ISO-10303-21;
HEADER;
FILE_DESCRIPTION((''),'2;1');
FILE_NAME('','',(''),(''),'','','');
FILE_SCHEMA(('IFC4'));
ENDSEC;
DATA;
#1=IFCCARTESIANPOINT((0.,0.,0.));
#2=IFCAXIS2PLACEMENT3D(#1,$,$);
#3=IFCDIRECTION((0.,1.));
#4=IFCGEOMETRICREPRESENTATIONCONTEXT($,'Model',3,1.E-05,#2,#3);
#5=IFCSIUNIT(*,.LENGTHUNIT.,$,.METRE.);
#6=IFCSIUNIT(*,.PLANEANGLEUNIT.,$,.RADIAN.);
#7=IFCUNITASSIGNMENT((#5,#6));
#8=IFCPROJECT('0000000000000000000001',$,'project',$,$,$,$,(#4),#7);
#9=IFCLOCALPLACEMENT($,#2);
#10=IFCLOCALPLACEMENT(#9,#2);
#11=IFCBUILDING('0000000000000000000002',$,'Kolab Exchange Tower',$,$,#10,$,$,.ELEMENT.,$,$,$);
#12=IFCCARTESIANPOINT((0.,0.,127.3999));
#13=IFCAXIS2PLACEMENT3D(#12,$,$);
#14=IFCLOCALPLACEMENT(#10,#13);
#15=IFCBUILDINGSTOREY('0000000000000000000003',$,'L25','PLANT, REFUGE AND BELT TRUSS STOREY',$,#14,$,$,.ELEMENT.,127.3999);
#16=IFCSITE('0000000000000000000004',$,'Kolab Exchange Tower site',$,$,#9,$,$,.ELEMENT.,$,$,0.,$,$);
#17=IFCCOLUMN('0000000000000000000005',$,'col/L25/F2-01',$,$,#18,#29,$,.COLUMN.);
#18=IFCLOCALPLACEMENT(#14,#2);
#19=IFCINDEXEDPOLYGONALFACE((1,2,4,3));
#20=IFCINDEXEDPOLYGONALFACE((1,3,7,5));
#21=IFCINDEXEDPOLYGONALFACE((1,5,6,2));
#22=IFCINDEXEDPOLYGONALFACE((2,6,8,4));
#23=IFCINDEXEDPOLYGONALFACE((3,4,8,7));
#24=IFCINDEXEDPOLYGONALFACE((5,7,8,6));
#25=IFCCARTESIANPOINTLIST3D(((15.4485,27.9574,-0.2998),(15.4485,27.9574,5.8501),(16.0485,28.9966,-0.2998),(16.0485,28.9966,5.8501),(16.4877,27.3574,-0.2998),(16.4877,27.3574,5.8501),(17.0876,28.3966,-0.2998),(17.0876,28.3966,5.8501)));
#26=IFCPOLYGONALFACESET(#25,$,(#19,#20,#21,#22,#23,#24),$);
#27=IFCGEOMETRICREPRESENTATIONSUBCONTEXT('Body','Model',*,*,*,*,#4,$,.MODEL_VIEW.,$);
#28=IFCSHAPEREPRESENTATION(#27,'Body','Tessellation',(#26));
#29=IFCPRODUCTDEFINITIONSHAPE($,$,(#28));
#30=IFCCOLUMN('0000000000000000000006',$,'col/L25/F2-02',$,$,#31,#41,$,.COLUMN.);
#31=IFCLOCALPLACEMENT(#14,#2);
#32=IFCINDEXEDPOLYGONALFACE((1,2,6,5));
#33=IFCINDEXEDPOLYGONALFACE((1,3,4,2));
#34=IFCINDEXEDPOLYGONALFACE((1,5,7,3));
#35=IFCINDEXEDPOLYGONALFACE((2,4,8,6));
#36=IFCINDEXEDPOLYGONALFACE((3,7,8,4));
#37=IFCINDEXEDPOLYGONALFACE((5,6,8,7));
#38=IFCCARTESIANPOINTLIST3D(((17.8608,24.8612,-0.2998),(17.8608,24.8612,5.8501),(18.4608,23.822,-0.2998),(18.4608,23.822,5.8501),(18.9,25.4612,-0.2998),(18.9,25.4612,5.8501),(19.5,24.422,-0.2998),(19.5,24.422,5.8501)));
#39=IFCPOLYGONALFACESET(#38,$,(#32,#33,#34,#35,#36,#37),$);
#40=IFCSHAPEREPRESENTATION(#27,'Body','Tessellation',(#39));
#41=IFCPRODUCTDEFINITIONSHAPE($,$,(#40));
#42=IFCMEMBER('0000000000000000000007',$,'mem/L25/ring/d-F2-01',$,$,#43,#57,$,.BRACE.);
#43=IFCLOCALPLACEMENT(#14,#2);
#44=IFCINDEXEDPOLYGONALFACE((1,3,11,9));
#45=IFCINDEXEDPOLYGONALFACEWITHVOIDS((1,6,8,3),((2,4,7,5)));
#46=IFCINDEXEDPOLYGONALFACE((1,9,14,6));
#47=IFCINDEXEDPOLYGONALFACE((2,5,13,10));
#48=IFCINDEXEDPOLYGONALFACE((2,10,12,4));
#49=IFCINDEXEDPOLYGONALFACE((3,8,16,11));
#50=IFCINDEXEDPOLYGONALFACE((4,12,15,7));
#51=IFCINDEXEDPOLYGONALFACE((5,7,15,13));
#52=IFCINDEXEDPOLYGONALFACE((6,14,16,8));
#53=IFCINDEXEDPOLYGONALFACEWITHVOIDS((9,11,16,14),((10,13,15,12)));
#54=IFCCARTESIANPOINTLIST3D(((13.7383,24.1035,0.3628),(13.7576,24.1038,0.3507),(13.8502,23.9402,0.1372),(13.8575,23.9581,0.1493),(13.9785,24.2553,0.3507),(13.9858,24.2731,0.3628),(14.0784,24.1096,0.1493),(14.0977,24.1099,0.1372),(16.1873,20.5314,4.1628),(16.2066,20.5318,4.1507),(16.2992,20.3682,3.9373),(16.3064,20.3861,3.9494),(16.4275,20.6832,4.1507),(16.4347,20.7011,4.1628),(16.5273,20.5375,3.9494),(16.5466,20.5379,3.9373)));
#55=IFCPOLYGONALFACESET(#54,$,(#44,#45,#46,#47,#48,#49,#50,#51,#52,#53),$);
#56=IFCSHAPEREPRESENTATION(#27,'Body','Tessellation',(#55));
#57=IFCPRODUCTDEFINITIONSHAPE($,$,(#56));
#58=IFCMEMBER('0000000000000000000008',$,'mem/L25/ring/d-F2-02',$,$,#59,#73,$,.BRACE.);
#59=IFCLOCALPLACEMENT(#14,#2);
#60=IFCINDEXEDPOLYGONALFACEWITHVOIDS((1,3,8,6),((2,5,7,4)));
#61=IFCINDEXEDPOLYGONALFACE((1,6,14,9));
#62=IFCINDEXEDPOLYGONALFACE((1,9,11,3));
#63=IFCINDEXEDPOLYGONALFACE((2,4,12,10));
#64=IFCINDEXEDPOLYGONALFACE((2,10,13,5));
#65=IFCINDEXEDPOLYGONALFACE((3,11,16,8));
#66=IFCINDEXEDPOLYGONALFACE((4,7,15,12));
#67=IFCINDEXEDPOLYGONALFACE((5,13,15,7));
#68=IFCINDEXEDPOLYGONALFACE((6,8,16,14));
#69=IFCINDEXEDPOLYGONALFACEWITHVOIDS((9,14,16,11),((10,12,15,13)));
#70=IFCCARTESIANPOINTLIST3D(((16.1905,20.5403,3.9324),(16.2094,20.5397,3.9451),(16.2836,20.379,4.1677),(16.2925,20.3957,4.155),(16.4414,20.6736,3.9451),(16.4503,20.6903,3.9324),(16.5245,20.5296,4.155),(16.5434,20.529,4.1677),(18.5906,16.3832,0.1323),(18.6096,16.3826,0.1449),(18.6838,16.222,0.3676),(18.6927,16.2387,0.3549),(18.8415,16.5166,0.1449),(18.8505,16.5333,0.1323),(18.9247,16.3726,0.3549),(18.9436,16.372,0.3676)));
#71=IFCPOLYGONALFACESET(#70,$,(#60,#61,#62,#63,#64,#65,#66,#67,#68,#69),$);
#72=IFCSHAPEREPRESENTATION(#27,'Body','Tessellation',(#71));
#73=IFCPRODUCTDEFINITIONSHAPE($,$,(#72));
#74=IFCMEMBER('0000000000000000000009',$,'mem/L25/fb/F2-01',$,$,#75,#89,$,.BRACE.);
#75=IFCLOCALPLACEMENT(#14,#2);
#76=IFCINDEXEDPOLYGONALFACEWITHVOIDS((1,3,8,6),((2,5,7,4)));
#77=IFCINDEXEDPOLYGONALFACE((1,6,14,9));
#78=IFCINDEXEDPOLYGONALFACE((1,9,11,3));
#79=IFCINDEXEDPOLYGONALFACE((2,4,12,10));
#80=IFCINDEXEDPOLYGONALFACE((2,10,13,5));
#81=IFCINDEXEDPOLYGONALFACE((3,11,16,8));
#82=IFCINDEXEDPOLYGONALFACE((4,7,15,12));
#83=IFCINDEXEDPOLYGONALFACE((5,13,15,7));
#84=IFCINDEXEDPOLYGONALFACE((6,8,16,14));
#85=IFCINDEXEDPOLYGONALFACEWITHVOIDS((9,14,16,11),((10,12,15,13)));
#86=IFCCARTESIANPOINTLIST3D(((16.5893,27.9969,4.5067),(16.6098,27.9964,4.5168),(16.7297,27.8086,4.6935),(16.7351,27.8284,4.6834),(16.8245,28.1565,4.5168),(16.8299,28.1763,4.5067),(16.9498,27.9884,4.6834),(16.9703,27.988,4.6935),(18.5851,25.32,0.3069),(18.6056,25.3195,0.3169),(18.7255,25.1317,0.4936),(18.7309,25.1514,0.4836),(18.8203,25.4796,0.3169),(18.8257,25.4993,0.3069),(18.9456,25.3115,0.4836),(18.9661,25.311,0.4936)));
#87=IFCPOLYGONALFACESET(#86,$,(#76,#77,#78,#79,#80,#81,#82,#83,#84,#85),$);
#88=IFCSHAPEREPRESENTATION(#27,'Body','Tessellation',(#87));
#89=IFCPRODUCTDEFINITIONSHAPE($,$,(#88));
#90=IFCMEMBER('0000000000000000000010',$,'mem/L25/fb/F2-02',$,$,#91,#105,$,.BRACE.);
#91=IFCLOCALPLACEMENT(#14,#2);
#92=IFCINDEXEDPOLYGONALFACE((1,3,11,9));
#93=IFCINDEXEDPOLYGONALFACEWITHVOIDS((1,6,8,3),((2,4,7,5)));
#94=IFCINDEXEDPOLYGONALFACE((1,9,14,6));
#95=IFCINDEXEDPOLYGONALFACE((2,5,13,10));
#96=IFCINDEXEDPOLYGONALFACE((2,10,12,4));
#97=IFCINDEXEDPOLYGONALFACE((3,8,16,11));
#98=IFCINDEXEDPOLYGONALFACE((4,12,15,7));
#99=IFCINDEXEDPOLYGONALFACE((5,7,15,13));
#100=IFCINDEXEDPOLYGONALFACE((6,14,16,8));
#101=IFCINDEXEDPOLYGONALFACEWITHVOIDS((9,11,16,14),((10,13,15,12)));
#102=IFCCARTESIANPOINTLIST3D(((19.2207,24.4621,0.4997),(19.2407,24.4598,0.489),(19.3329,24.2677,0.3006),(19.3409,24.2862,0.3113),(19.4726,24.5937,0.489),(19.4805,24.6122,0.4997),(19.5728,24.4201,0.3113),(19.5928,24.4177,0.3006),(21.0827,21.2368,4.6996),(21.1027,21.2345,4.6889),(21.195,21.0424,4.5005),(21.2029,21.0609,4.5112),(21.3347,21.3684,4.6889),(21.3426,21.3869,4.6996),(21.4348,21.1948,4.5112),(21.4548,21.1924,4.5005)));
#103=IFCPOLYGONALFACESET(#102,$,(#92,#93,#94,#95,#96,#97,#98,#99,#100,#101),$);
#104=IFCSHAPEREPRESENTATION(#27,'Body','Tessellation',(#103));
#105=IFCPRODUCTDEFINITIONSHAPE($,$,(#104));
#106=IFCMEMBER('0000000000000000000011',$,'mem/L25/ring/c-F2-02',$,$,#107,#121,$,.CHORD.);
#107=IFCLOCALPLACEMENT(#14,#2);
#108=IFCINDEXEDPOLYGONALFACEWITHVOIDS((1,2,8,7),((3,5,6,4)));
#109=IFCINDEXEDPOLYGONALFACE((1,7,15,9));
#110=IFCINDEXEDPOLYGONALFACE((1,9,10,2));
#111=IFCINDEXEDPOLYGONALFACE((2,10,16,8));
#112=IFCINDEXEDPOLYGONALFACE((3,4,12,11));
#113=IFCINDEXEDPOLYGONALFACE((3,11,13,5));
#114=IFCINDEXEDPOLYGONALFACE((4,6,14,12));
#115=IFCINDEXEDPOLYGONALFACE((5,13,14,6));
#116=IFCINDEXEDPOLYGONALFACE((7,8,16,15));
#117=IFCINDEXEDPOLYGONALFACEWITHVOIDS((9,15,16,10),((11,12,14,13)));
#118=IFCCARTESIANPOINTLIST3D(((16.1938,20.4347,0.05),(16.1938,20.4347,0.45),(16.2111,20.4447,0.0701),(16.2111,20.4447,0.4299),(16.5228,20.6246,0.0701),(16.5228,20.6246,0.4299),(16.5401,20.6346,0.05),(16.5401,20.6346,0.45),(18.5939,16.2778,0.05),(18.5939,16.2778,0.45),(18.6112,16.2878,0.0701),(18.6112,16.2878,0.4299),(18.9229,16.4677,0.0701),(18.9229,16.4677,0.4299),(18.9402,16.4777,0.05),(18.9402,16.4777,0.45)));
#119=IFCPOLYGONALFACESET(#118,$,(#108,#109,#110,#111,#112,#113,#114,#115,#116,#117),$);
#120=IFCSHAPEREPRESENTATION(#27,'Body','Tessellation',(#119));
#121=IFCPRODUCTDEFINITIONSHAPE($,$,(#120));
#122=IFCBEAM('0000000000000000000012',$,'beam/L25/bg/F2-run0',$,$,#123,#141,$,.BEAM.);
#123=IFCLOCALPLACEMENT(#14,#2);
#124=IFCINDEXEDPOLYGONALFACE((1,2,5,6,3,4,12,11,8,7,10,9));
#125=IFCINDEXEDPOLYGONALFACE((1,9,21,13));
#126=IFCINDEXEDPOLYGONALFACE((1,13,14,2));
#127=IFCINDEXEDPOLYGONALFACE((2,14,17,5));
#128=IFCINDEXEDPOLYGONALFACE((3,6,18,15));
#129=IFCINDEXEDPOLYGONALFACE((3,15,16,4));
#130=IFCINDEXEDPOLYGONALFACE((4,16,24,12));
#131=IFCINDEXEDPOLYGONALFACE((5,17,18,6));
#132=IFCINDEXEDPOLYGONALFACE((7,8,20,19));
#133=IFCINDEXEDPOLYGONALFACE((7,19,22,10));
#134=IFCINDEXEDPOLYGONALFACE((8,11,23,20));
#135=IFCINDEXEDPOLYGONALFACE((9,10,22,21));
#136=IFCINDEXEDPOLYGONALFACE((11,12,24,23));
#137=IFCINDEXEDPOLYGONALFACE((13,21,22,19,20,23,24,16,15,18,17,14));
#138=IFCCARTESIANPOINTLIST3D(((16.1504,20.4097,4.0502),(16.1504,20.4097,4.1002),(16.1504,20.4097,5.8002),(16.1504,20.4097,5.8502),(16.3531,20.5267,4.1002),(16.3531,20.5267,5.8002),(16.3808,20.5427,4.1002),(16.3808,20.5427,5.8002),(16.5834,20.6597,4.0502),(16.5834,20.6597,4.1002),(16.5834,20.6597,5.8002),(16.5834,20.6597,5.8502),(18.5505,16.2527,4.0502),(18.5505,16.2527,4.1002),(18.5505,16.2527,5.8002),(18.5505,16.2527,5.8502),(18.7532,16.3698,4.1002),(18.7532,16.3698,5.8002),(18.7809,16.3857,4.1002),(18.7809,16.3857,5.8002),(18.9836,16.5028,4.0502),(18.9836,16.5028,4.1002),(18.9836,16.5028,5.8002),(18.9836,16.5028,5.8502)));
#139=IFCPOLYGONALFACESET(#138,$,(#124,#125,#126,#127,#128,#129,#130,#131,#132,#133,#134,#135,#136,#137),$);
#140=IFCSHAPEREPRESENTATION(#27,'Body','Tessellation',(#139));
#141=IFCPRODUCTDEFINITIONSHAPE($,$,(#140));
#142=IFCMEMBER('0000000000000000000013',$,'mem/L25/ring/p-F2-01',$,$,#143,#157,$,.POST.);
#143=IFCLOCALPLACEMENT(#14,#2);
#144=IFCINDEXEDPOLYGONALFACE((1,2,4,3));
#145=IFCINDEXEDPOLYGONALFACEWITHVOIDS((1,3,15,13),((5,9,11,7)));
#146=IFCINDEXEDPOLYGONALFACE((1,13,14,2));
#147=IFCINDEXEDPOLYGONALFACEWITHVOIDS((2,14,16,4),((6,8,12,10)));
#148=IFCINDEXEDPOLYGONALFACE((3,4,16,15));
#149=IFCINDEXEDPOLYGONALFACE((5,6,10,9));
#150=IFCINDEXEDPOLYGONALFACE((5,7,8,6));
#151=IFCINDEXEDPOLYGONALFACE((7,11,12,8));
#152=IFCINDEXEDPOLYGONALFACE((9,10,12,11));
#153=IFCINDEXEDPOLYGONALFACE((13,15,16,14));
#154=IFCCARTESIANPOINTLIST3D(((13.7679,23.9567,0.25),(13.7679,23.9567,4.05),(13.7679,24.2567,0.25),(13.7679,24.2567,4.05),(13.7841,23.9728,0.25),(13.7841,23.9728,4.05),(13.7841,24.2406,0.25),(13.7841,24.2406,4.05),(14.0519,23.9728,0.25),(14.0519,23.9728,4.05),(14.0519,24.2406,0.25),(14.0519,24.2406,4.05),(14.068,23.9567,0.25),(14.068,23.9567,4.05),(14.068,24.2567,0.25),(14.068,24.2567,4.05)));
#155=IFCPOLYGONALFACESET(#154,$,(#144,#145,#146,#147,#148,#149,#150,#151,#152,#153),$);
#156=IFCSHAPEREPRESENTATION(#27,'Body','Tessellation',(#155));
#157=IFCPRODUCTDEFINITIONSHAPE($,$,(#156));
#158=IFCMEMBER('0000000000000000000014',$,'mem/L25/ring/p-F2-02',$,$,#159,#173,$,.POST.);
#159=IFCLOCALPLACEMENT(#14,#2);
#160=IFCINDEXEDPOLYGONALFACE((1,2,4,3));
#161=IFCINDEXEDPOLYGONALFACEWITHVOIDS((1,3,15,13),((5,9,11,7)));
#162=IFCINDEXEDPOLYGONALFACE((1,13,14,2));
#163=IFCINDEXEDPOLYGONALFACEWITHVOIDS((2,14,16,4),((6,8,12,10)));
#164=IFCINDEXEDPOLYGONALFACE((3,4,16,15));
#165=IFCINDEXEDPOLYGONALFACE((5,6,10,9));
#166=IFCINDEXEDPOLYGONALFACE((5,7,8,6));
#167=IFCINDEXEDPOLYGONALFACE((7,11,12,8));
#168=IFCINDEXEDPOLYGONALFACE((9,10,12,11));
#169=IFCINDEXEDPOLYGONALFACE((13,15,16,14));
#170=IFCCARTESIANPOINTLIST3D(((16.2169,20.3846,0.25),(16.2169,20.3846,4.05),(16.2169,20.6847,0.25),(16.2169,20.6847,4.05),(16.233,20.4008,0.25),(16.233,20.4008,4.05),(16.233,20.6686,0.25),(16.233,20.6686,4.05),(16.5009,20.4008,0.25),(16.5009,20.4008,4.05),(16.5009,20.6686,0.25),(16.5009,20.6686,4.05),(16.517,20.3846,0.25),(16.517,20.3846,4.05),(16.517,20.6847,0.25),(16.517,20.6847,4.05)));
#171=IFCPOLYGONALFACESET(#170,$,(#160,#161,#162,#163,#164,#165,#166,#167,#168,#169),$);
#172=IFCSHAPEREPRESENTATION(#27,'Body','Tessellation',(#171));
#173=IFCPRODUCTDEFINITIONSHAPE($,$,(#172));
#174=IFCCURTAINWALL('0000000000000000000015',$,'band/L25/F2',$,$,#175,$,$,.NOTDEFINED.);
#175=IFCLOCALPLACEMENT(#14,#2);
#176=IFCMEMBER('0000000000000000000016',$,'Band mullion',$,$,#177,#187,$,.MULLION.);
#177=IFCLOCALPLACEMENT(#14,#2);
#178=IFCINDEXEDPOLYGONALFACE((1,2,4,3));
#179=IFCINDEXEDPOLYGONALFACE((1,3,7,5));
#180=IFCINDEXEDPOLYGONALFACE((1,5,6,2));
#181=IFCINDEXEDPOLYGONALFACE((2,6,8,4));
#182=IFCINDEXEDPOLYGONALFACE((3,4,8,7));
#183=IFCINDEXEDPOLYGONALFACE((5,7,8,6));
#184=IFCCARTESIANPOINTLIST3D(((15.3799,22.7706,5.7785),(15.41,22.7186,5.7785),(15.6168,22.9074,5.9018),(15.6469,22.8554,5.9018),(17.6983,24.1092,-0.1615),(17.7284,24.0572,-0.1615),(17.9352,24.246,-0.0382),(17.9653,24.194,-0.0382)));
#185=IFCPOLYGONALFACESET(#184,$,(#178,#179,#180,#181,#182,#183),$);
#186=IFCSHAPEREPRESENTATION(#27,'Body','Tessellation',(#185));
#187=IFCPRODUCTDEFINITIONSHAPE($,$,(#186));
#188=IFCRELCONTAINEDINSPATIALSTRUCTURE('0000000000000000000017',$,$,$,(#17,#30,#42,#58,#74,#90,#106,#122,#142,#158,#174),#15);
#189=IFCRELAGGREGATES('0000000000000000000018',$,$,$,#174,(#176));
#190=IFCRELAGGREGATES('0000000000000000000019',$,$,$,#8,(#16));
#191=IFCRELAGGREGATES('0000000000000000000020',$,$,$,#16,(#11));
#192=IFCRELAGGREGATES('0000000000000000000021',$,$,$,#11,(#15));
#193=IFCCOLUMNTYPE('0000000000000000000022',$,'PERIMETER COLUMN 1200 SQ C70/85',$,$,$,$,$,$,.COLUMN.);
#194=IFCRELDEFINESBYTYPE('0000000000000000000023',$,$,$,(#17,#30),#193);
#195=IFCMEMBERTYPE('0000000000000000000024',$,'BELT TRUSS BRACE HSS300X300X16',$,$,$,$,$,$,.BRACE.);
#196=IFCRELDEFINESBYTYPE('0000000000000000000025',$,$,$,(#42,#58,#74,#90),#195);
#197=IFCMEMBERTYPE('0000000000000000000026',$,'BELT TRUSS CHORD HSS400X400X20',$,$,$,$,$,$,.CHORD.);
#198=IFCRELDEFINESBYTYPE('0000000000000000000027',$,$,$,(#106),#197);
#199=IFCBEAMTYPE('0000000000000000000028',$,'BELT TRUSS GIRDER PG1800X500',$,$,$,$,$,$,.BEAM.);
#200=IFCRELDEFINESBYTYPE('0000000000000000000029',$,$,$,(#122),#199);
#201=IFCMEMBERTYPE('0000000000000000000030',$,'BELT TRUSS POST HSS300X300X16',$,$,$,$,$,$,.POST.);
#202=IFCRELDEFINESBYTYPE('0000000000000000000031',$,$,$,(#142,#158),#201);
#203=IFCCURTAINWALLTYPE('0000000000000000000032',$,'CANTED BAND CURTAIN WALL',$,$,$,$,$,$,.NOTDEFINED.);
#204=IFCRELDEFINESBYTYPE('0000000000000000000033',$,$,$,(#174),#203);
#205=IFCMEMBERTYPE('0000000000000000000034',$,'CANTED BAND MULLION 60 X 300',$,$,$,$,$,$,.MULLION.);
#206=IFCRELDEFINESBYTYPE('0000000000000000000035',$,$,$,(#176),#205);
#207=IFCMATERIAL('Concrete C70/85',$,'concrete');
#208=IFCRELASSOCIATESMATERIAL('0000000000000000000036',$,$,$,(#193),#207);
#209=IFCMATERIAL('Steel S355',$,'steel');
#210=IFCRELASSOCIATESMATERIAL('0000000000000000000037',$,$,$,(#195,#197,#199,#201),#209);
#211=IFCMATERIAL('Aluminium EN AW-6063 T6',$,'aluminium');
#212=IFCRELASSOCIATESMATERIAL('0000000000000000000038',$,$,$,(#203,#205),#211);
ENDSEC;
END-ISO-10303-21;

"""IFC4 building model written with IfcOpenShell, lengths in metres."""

from ifc_helpers import new_model, si_unit, direction, frame, origin, origin_2d, place, context, subcontext, project, spatial, rectangle, hollow_rectangle, i_section, extrude, material, material_profile, profile_set, type_object, element, aggregate, save


model = new_model("IFC4")

# Units and contexts
model_context = context("Model", 3, precision=1e-05, world=origin(), true_north=direction((0.0, 1.0)))
body_context = subcontext(model_context, "Body", "Model", "MODEL_VIEW")
ifc_project = project(units=[si_unit("LENGTHUNIT", "METRE"), si_unit("PLANEANGLEUNIT", "RADIAN")], contexts=[model_context])

# Site, building, storey
site_placement = place(None, origin())
site = spatial("IfcSite", under=ifc_project, at=site_placement, Name="Kolab Exchange Tower site", CompositionType="ELEMENT", RefElevation=0.0)
building_placement = place(site_placement, origin())
building = spatial("IfcBuilding", under=site, at=building_placement, Name="Kolab Exchange Tower", CompositionType="ELEMENT")
storey_placement = place(building_placement, frame((0.0, 0.0, 127.3999)))
storey = spatial("IfcBuildingStorey", under=building, at=storey_placement, Name="L25", Description="PLANT, REFUGE AND BELT TRUSS STOREY", CompositionType="ELEMENT", Elevation=127.3999)

# Columns
ifc_material_1 = material(Name="Concrete C70/85", Category="concrete")
ifc_material_profile_1 = material_profile(ifc_material_1, rectangle(XDim=1.2, YDim=1.2, at=origin_2d()), Name="RC1200")
ifc_profile_set_1 = profile_set([ifc_material_profile_1], Name="Concrete C70/85")
column_type = type_object("IfcColumnType", Name="PERIMETER COLUMN 1200 SQ C70/85", PredefinedType="COLUMN", material=ifc_profile_set_1)
for number, where, z_axis, x_axis, name in (
    (1, (16.2681, 28.177, -0.2998), (0.0, 0.0, 1.0), (0.5, 0.866025, 0.0), "col/L25/F2-01"),
    (2, (18.6804, 24.6416, -0.2998), (0.0, 0.0, 1.0), (0.866025, 0.5, 0.0), "col/L25/F2-02"),
):
    element("IfcColumn", number, at=place(storey_placement, frame(where, z_axis=z_axis, x_axis=x_axis)), inside=storey, type_object=column_type, Name=name, PredefinedType="COLUMN", context=body_context, shape_type="SweptSolid", body=[
        extrude(rectangle(XDim=1.2, YDim=1.2, at=origin_2d()), origin(), (0.0, 0.0, 1.0), 6.1499),
    ])

# Members
ifc_material_2 = material(Name="Steel S355", Category="steel")
ifc_material_profile_2 = material_profile(ifc_material_2, hollow_rectangle(XDim=0.3, YDim=0.3, WallThickness=0.0161, at=origin_2d()), Name="HSS300X300X16")
ifc_profile_set_2 = profile_set([ifc_material_profile_2], Name="Steel S355")
member_type_1 = type_object("IfcMemberType", Name="BELT TRUSS BRACE HSS300X300X16", PredefinedType="BRACE", material=ifc_profile_set_2)
member_1_placement = place(storey_placement, frame((13.918, 24.1067, 0.25), z_axis=(0.425044, -0.61996, 0.659536), x_axis=(0.824773, 0.565464, 0.0)))
element("IfcMember", 3, at=member_1_placement, inside=storey, type_object=member_type_1, Name="mem/L25/ring/d-F2-01", PredefinedType="BRACE", context=body_context, shape_type="SweptSolid", body=[
    extrude(hollow_rectangle(XDim=0.3, YDim=0.3, WallThickness=0.0161, at=origin_2d()), origin(), (0.0, 0.0, 1.0), 5.7617),
])
member_2_placement = place(storey_placement, frame((16.3669, 20.5347, 4.05), z_axis=(0.392039, -0.678999, -0.620698), x_axis=(0.866015, 0.500017, 0.0)))
element("IfcMember", 4, at=member_2_placement, inside=storey, type_object=member_type_1, Name="mem/L25/ring/d-F2-02", PredefinedType="BRACE", context=body_context, shape_type="SweptSolid", body=[
    extrude(hollow_rectangle(XDim=0.3, YDim=0.3, WallThickness=0.0161, at=origin_2d()), origin(), (0.0, 0.0, 1.0), 6.1223),
])
member_3_placement = place(storey_placement, frame((16.7798, 27.9924, 4.6001), z_axis=(0.371973, -0.498922, -0.78276), x_axis=(0.801708, 0.597716, 0.0)))
element("IfcMember", 5, at=member_3_placement, inside=storey, type_object=member_type_1, Name="mem/L25/fb/F2-01", PredefinedType="BRACE", context=body_context, shape_type="SweptSolid", body=[
    extrude(hollow_rectangle(XDim=0.3, YDim=0.3, WallThickness=0.0161, at=origin_2d()), origin(), (0.0, 0.0, 1.0), 5.3655),
])
member_4_placement = place(storey_placement, frame((19.4067, 24.4399, 0.4001), z_axis=(0.33172, -0.574584, 0.748208), x_axis=(0.866036, 0.499982, 0.0)))
element("IfcMember", 6, at=member_4_placement, inside=storey, type_object=member_type_1, Name="mem/L25/fb/F2-02", PredefinedType="BRACE", context=body_context, shape_type="SweptSolid", body=[
    extrude(hollow_rectangle(XDim=0.3, YDim=0.3, WallThickness=0.0161, at=origin_2d()), origin(), (0.0, 0.0, 1.0), 5.6133),
])
ifc_material_profile_3 = material_profile(ifc_material_2, hollow_rectangle(XDim=0.3999, YDim=0.3999, WallThickness=0.02, at=origin_2d()), Name="HSS400X400X20")
ifc_profile_set_3 = profile_set([ifc_material_profile_3], Name="Steel S355")
member_type_2 = type_object("IfcMemberType", Name="BELT TRUSS CHORD HSS400X400X20", PredefinedType="CHORD", material=ifc_profile_set_3)
member_5_placement = place(storey_placement, frame((16.3669, 20.5347, 0.25), z_axis=(0.500017, -0.866015, 0.0), x_axis=(0.866015, 0.500017, 0.0)))
element("IfcMember", 7, at=member_5_placement, inside=storey, type_object=member_type_2, Name="mem/L25/ring/c-F2-02", PredefinedType="CHORD", context=body_context, shape_type="SweptSolid", body=[
    extrude(hollow_rectangle(XDim=0.3999, YDim=0.3999, WallThickness=0.02, at=origin_2d()), origin(), (0.0, 0.0, 1.0), 4.8),
])

# Beam
ifc_material_profile_4 = material_profile(ifc_material_2, i_section(OverallWidth=0.5, OverallDepth=1.8, WebThickness=0.032, FlangeThickness=0.05, at=origin_2d()), Name="PG1800X500")
ifc_profile_set_4 = profile_set([ifc_material_profile_4], Name="Steel S355")
beam_type_1 = type_object("IfcBeamType", Name="BELT TRUSS GIRDER PG1800X500", PredefinedType="BEAM", material=ifc_profile_set_4)
beam_1_placement = place(storey_placement, frame((16.3669, 20.5347, 4.9502), z_axis=(0.500017, -0.866015, 0.0), x_axis=(0.866015, 0.500017, 0.0)))
element("IfcBeam", 8, at=beam_1_placement, inside=storey, type_object=beam_type_1, Name="beam/L25/bg/F2-run0", PredefinedType="BEAM", context=body_context, shape_type="SweptSolid", body=[
    extrude(i_section(OverallWidth=0.5, OverallDepth=1.8, WebThickness=0.032, FlangeThickness=0.05, at=origin_2d()), origin(), (0.0, 0.0, 1.0), 4.8),
])

# Members
ifc_material_profile_5 = material_profile(ifc_material_2, hollow_rectangle(XDim=0.3, YDim=0.3, WallThickness=0.0161, at=origin_2d()), Name="HSS300X300X16")
ifc_profile_set_5 = profile_set([ifc_material_profile_5], Name="Steel S355")
member_type_3 = type_object("IfcMemberType", Name="BELT TRUSS POST HSS300X300X16", PredefinedType="POST", material=ifc_profile_set_5)
for number, where, z_axis, x_axis, name in (
    (9, (13.918, 24.1067, 0.25), (0.0, 0.0, 1.0), (1.0, 0.0, 0.0), "mem/L25/ring/p-F2-01"),
    (10, (16.3669, 20.5347, 0.25), (0.0, 0.0, 1.0), (1.0, 0.0, 0.0), "mem/L25/ring/p-F2-02"),
):
    element("IfcMember", number, at=place(storey_placement, frame(where, z_axis=z_axis, x_axis=x_axis)), inside=storey, type_object=member_type_3, Name=name, PredefinedType="POST", context=body_context, shape_type="SweptSolid", body=[
        extrude(hollow_rectangle(XDim=0.3, YDim=0.3, WallThickness=0.0161, at=origin_2d()), origin(), (0.0, 0.0, 1.0), 3.8),
    ])

# Curtain wall, member
ifc_material_3 = material(Name="Aluminium EN AW-6063 T6", Category="aluminium")
curtain_wall_type_1 = type_object("IfcCurtainWallType", Name="CANTED BAND CURTAIN WALL", PredefinedType="NOTDEFINED", material=ifc_material_3)
curtain_wall_1_placement = place(storey_placement, origin())
curtain_wall_1 = element("IfcCurtainWall", 11, at=curtain_wall_1_placement, inside=storey, type_object=curtain_wall_type_1, Name="band/L25/F2", PredefinedType="NOTDEFINED")
ifc_material_profile_6 = material_profile(ifc_material_3, rectangle(XDim=0.0601, YDim=0.3, at=origin_2d()), Name="RECT 60X300")
ifc_profile_set_6 = profile_set([ifc_material_profile_6], Name="Aluminium EN AW-6063 T6")
member_type_4 = type_object("IfcMemberType", Name="CANTED BAND MULLION 60 X 300", PredefinedType="MULLION", material=ifc_profile_set_6)
member_6_placement = place(storey_placement, frame((17.8318, 24.1516, -0.0999), z_axis=(-0.355831, -0.205457, 0.911686), x_axis=(0.500033, -0.866006, 0.0)))
member_6 = element("IfcMember", 12, at=member_6_placement, type_object=member_type_4, Name="Band mullion", PredefinedType="MULLION", context=body_context, shape_type="SweptSolid", body=[
    extrude(rectangle(XDim=0.0601, YDim=0.3, at=origin_2d()), origin(), (0.0, 0.0, 1.0), 6.5154),
])

aggregate(curtain_wall_1, [member_6])

save(model, "model.ifc")
